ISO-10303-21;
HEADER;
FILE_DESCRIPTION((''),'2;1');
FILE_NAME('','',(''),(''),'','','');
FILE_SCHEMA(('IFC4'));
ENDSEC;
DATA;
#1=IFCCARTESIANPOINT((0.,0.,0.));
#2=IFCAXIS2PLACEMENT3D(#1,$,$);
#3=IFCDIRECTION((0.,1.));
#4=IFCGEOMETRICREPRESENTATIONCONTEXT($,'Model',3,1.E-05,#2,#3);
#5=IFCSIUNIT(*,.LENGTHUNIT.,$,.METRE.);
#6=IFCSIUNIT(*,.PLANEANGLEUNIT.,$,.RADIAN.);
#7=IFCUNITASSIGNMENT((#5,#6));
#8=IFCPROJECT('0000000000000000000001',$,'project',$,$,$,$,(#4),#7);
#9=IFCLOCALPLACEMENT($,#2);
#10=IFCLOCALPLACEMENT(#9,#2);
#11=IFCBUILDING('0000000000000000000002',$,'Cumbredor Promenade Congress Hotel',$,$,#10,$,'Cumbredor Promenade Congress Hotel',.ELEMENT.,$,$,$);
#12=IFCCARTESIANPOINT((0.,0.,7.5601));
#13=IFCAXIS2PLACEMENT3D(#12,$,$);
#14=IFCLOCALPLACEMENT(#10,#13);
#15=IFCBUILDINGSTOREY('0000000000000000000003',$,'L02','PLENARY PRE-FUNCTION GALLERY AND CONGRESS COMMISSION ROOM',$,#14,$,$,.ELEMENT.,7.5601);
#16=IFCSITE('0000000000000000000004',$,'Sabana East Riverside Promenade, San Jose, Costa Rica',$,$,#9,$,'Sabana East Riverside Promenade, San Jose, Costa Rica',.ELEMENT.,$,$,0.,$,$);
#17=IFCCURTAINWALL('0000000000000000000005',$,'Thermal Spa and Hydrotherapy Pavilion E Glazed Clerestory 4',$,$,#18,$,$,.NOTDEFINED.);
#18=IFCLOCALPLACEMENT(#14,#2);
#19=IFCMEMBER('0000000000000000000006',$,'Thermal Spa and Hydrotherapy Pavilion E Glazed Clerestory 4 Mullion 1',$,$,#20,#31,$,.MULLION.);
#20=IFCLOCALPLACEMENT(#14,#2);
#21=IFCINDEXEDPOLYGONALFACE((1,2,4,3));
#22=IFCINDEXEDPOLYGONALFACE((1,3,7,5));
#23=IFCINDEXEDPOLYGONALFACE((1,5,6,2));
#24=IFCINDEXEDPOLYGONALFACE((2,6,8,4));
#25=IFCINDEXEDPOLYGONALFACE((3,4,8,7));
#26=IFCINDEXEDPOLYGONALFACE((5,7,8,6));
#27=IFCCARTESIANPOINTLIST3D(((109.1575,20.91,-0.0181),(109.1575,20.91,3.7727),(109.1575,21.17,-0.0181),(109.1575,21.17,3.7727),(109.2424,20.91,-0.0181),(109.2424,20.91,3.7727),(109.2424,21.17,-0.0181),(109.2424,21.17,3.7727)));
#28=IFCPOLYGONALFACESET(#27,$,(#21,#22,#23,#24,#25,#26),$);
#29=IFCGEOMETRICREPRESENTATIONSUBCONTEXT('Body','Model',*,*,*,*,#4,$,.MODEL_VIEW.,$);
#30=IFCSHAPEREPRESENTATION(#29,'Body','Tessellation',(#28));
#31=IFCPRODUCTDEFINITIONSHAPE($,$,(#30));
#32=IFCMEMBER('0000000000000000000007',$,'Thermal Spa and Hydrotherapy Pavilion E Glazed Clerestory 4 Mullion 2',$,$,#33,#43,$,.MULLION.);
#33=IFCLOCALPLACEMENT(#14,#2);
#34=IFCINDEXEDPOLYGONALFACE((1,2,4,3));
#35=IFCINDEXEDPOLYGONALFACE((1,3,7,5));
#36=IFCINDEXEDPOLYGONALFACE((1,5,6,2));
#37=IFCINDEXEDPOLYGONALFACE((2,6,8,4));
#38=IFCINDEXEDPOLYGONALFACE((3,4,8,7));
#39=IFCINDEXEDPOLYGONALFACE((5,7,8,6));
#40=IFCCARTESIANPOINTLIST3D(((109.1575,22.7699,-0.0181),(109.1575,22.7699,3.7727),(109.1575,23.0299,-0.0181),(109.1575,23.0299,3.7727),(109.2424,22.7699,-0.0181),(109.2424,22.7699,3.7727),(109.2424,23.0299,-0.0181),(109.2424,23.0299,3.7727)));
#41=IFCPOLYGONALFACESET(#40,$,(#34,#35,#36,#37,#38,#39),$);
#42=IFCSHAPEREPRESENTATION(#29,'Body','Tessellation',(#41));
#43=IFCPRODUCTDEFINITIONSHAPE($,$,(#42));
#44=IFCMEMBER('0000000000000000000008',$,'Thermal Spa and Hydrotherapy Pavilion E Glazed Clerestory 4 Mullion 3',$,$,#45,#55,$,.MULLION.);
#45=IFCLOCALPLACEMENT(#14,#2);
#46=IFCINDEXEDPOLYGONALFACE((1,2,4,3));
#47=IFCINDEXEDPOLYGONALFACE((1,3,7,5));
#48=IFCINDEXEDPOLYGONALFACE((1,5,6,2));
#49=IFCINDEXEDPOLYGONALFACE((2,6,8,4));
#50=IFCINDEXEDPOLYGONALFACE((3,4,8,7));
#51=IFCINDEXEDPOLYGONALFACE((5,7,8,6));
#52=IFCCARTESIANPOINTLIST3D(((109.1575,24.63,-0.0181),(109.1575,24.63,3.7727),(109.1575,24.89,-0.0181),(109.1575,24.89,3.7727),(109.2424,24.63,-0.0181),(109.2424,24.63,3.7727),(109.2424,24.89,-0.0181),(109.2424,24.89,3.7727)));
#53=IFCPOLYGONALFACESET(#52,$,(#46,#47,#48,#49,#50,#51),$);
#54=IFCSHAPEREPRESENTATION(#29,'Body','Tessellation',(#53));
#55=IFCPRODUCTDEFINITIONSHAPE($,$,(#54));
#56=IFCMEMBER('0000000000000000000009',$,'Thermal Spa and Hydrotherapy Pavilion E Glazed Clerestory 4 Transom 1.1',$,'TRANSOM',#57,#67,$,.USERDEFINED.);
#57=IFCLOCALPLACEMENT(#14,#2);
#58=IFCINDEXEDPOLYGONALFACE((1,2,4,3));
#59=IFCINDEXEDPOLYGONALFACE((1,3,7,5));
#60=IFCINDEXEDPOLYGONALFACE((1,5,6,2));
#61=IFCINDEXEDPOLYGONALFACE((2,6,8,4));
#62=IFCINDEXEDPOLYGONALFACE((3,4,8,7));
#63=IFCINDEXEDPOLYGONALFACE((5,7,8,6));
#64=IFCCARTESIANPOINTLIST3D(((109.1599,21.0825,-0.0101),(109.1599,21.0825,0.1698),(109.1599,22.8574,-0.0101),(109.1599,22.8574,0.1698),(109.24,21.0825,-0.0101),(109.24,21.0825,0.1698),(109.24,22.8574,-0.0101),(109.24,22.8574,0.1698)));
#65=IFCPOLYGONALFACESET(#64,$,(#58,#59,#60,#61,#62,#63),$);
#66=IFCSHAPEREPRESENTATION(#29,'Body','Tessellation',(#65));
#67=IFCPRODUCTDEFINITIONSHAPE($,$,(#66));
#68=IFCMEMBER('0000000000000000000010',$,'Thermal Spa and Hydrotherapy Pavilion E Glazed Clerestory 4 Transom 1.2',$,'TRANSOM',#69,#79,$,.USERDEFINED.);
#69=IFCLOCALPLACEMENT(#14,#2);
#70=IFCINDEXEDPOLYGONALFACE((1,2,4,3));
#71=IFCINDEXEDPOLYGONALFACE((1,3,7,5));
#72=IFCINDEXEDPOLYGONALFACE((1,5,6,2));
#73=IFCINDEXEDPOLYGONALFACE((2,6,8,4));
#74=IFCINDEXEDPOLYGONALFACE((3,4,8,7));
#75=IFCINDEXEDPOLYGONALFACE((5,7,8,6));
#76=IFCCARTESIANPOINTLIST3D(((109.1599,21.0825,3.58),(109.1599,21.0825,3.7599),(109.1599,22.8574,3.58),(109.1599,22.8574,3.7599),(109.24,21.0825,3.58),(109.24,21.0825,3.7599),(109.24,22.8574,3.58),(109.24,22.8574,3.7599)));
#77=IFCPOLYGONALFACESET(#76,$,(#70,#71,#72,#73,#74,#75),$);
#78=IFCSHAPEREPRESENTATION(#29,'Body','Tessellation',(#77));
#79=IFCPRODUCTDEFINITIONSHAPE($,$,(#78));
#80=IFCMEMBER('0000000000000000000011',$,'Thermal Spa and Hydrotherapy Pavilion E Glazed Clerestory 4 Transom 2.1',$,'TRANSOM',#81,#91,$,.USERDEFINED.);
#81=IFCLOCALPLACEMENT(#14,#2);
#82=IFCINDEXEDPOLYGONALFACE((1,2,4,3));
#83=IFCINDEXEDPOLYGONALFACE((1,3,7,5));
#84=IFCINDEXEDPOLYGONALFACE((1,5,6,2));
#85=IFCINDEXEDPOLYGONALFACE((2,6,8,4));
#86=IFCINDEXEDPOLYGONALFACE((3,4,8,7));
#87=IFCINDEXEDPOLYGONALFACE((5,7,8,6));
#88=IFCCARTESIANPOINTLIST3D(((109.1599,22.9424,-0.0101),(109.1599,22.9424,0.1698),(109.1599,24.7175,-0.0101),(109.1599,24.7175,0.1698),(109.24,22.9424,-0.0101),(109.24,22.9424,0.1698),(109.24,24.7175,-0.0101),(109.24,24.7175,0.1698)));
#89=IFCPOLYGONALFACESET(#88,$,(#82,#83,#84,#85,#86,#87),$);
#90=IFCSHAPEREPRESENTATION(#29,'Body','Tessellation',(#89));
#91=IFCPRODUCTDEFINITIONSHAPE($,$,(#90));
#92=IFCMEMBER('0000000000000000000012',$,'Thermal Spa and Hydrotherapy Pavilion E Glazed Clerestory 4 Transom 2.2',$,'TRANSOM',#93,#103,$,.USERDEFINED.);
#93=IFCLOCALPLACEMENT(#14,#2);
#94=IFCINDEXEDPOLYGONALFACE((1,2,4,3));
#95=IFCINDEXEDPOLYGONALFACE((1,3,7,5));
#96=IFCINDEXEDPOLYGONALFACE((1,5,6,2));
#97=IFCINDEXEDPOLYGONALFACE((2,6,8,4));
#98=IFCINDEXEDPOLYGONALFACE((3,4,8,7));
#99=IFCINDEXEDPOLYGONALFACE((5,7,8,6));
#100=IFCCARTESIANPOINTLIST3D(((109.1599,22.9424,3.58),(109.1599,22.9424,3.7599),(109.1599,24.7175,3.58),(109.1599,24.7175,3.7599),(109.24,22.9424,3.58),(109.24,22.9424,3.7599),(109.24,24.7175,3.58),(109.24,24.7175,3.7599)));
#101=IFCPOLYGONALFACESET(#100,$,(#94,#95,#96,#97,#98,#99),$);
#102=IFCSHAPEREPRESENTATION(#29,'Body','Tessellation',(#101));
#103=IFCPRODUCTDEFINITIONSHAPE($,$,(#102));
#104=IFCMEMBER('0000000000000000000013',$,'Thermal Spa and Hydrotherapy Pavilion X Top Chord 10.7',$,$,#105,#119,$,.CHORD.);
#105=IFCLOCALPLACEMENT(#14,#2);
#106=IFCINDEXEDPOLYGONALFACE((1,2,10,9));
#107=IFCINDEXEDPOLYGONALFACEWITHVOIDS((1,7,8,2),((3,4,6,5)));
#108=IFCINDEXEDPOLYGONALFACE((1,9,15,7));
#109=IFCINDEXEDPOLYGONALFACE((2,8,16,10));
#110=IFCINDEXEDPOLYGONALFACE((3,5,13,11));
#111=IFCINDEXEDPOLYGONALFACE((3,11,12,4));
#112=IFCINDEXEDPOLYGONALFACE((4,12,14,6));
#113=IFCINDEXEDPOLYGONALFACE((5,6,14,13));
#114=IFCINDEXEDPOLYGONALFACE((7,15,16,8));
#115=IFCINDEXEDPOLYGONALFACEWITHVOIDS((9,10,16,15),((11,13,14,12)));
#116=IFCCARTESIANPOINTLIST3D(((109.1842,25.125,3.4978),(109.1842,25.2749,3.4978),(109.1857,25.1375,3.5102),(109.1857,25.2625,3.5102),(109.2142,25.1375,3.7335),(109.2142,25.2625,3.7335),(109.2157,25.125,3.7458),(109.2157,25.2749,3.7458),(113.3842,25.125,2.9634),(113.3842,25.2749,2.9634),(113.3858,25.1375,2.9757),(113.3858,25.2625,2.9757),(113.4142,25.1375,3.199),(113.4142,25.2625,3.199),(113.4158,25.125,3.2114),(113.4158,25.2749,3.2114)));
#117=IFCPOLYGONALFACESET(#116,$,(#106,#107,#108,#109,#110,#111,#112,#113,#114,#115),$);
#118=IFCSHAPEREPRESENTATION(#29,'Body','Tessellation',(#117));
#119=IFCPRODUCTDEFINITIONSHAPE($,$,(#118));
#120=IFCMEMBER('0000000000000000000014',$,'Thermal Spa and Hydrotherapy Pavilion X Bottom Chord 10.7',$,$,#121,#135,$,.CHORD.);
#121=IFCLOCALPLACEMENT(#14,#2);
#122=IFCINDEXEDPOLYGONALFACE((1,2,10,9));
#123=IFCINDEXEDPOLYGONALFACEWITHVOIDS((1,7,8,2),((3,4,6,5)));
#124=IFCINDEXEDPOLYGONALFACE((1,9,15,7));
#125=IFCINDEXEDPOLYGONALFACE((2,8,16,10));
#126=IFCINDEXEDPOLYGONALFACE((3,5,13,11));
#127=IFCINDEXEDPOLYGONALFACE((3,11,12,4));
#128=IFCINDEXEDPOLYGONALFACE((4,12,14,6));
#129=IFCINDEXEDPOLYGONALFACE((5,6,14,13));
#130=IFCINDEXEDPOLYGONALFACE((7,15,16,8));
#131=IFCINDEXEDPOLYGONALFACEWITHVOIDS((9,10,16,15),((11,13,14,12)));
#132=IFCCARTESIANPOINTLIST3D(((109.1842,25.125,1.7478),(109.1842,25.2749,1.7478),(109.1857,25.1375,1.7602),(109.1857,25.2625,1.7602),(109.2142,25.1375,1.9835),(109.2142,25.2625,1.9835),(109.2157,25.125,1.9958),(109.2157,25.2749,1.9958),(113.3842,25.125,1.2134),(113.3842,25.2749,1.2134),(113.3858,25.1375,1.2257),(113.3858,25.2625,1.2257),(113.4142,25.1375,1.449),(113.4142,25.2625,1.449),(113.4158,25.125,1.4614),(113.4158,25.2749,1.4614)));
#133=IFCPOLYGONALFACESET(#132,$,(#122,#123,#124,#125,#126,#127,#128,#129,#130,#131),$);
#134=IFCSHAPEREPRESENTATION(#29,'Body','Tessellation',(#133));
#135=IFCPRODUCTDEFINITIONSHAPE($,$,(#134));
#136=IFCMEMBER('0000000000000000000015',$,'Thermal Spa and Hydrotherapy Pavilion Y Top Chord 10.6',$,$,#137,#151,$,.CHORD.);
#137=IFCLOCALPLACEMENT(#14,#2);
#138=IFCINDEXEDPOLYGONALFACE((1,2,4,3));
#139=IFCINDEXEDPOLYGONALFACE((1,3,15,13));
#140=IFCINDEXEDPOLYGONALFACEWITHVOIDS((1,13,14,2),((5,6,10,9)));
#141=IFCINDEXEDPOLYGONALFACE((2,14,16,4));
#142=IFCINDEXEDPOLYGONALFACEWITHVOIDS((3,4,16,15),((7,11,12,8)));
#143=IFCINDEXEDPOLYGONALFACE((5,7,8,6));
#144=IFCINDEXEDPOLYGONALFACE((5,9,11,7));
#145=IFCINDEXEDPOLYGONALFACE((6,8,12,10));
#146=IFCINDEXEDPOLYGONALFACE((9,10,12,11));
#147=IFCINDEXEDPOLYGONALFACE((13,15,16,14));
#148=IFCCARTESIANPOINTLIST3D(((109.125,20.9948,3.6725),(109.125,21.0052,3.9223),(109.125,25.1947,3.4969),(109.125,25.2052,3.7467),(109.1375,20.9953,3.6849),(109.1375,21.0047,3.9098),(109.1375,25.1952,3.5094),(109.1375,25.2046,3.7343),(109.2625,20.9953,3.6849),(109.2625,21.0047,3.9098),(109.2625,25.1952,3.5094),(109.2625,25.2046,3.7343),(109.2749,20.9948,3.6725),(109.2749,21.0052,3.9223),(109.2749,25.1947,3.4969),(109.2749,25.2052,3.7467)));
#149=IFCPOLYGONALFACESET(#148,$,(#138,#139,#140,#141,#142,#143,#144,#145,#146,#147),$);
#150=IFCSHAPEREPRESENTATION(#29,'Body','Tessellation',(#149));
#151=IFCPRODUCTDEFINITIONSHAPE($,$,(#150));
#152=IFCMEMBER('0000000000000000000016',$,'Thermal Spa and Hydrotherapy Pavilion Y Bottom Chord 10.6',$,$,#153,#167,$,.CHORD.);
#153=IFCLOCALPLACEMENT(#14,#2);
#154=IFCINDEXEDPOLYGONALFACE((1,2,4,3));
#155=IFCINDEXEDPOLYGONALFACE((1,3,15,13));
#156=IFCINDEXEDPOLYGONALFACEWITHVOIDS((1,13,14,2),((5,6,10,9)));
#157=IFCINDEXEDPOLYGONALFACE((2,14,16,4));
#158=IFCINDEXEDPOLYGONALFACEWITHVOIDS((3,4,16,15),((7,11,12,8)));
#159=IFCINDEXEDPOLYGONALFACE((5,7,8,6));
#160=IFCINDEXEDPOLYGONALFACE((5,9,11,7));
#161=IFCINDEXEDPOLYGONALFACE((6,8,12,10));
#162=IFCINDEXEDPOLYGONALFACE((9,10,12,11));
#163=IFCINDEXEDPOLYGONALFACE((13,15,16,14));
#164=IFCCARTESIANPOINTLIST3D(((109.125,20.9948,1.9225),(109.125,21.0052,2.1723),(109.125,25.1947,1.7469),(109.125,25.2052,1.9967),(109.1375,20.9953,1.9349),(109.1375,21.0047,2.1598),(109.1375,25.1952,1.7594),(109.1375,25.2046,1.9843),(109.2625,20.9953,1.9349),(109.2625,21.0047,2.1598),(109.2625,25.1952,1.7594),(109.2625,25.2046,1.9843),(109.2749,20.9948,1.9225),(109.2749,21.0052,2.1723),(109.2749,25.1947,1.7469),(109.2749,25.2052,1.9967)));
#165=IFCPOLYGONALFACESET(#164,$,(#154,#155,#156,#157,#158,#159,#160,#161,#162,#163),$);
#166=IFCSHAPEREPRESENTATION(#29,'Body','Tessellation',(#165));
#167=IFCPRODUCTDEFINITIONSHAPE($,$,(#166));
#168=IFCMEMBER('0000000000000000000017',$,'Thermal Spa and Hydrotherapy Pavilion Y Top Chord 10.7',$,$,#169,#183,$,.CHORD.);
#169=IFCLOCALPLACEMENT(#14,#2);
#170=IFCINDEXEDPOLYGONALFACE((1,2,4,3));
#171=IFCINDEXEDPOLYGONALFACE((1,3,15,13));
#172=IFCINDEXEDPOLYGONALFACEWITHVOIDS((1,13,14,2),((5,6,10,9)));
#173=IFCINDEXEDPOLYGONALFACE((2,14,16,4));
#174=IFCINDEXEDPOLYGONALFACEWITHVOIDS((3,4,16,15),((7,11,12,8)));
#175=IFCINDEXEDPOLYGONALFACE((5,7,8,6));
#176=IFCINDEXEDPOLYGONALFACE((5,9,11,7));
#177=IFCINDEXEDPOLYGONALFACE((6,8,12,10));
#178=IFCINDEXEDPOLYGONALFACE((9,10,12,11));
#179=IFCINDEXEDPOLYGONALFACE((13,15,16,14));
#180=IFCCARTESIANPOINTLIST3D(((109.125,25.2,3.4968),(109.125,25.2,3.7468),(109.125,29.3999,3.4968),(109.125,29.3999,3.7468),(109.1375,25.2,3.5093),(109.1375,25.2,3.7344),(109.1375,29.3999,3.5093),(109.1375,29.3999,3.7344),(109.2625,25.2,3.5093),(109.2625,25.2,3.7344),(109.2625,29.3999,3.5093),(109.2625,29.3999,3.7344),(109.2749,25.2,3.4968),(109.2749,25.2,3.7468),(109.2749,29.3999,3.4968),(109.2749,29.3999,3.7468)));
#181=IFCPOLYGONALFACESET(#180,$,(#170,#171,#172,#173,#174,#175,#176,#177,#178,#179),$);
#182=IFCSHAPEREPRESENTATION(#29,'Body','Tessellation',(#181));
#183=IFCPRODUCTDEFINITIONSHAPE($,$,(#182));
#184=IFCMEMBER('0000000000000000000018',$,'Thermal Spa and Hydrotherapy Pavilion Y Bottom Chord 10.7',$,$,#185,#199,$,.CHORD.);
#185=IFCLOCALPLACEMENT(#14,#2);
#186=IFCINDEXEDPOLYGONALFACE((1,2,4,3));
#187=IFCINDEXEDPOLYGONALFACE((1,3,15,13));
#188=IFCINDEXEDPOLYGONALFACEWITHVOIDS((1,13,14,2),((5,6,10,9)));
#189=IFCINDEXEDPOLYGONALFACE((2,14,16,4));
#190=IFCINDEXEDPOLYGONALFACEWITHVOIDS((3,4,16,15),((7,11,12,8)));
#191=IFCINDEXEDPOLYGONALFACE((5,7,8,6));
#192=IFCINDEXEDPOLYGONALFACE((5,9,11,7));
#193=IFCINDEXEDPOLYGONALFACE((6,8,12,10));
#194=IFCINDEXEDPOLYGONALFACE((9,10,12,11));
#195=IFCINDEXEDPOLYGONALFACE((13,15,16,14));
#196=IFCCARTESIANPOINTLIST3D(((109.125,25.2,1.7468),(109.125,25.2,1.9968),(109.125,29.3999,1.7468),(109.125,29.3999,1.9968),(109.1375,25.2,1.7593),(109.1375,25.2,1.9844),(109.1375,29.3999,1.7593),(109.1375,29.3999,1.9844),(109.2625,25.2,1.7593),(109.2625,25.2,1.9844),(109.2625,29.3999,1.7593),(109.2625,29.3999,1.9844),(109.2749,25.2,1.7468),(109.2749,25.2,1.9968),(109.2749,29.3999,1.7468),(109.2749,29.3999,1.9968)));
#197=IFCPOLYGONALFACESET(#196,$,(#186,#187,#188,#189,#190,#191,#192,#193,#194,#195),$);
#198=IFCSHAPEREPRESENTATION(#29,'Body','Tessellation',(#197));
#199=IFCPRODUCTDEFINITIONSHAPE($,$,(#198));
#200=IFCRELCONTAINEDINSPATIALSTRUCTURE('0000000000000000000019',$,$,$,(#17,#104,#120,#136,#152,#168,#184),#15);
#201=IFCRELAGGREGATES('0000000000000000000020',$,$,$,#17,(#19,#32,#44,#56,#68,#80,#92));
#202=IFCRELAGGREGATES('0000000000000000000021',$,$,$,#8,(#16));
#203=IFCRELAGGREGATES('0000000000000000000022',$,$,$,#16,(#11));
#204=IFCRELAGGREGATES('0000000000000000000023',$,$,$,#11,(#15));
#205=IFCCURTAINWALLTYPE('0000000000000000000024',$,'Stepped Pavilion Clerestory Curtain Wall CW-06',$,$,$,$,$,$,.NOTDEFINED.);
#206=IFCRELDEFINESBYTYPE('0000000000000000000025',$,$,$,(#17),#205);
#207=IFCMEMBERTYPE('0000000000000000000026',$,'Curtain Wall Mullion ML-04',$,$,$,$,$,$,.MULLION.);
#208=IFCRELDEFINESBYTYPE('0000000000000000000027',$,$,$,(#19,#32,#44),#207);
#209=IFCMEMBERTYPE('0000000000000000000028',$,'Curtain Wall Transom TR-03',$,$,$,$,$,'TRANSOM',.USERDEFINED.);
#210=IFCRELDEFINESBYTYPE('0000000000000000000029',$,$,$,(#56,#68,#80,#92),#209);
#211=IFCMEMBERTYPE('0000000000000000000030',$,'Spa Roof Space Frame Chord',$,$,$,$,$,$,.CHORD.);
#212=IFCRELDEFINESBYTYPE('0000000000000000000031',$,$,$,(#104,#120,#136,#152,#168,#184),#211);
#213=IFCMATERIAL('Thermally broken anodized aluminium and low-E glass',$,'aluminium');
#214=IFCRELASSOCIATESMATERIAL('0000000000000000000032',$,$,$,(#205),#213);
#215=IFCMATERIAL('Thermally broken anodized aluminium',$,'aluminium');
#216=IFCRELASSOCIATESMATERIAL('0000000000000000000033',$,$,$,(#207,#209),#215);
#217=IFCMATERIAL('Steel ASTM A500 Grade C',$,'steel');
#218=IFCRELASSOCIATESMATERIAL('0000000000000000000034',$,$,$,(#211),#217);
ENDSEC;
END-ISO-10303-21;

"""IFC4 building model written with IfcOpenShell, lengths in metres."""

from ifc_helpers import new_model, si_unit, direction, frame, origin, origin_2d, place, context, subcontext, project, spatial, rectangle, hollow_rectangle, extrude, material, material_profile, profile_set, type_object, element, aggregate, save


model = new_model("IFC4")

# Units and contexts
model_context = context("Model", 3, precision=1e-05, world=origin(), true_north=direction((0.0, 1.0)))
body_context = subcontext(model_context, "Body", "Model", "MODEL_VIEW")
ifc_project = project(units=[si_unit("LENGTHUNIT", "METRE"), si_unit("PLANEANGLEUNIT", "RADIAN")], contexts=[model_context])

# Site, building, storey
site_placement = place(None, origin())
site = spatial("IfcSite", under=ifc_project, at=site_placement, Name="Sabana East Riverside Promenade, San Jose, Costa Rica", LongName="Sabana East Riverside Promenade, San Jose, Costa Rica", CompositionType="ELEMENT", RefElevation=0.0)
building_placement = place(site_placement, origin())
building = spatial("IfcBuilding", under=site, at=building_placement, Name="Cumbredor Promenade Congress Hotel", LongName="Cumbredor Promenade Congress Hotel", CompositionType="ELEMENT")
storey_placement = place(building_placement, frame((0.0, 0.0, 7.5601)))
storey = spatial("IfcBuildingStorey", under=building, at=storey_placement, Name="L02", Description="PLENARY PRE-FUNCTION GALLERY AND CONGRESS COMMISSION ROOM", CompositionType="ELEMENT", Elevation=7.5601)

# Curtain wall, members
ifc_material_1 = material(Name="Thermally broken anodized aluminium and low-E glass", Category="aluminium")
curtain_wall_type = type_object("IfcCurtainWallType", Name="Stepped Pavilion Clerestory Curtain Wall CW-06", PredefinedType="NOTDEFINED", material=ifc_material_1)
curtain_wall_placement = place(storey_placement, origin())
curtain_wall = element("IfcCurtainWall", 1, at=curtain_wall_placement, inside=storey, type_object=curtain_wall_type, Name="Thermal Spa and Hydrotherapy Pavilion E Glazed Clerestory 4", PredefinedType="NOTDEFINED")
ifc_material_2 = material(Name="Thermally broken anodized aluminium", Category="aluminium")
ifc_material_profile_1 = material_profile(ifc_material_2, rectangle(XDim=0.085, YDim=0.26, at=origin_2d()), Name="ALU MULLION CLERESTORY 85x260")
ifc_profile_set_1 = profile_set([ifc_material_profile_1], Name="Thermally broken anodized aluminium")
member_type_1 = type_object("IfcMemberType", Name="Curtain Wall Mullion ML-04", PredefinedType="MULLION", material=ifc_profile_set_1)
member_1_placement = place(storey_placement, frame((109.2, 21.04, -0.0181), z_axis=(0.0, 0.0, 1.0), x_axis=(1.0, 0.0, 0.0)))
member_1 = element("IfcMember", 2, at=member_1_placement, type_object=member_type_1, Name="Thermal Spa and Hydrotherapy Pavilion E Glazed Clerestory 4 Mullion 1", PredefinedType="MULLION", context=body_context, shape_type="SweptSolid", body=[
    extrude(rectangle(XDim=0.085, YDim=0.26, at=origin_2d()), origin(), (0.0, 0.0, 1.0), 3.7908),
])
member_2_placement = place(storey_placement, frame((109.2, 22.8999, -0.0181), z_axis=(0.0, 0.0, 1.0), x_axis=(1.0, 0.0, 0.0)))
member_2 = element("IfcMember", 3, at=member_2_placement, type_object=member_type_1, Name="Thermal Spa and Hydrotherapy Pavilion E Glazed Clerestory 4 Mullion 2", PredefinedType="MULLION", context=body_context, shape_type="SweptSolid", body=[
    extrude(rectangle(XDim=0.085, YDim=0.26, at=origin_2d()), origin(), (0.0, 0.0, 1.0), 3.7908),
])
member_3_placement = place(storey_placement, frame((109.2, 24.76, -0.0181), z_axis=(0.0, 0.0, 1.0), x_axis=(1.0, 0.0, 0.0)))
member_3 = element("IfcMember", 4, at=member_3_placement, type_object=member_type_1, Name="Thermal Spa and Hydrotherapy Pavilion E Glazed Clerestory 4 Mullion 3", PredefinedType="MULLION", context=body_context, shape_type="SweptSolid", body=[
    extrude(rectangle(XDim=0.085, YDim=0.26, at=origin_2d()), origin(), (0.0, 0.0, 1.0), 3.7908),
])
ifc_material_profile_2 = material_profile(ifc_material_2, rectangle(XDim=0.0801, YDim=0.1799, at=origin_2d()), Name="ALU TRANSOM 80x180")
ifc_profile_set_2 = profile_set([ifc_material_profile_2], Name="Thermally broken anodized aluminium")
member_type_2 = type_object("IfcMemberType", Name="Curtain Wall Transom TR-03", ElementType="TRANSOM", PredefinedType="USERDEFINED", material=ifc_profile_set_2)
member_4_placement = place(storey_placement, frame((109.2, 21.0825, 0.0798), z_axis=(0.0, 1.0, 0.0), x_axis=(-1.0, 0.0, 0.0)))
member_4 = element("IfcMember", 5, at=member_4_placement, type_object=member_type_2, Name="Thermal Spa and Hydrotherapy Pavilion E Glazed Clerestory 4 Transom 1.1", ObjectType="TRANSOM", PredefinedType="USERDEFINED", context=body_context, shape_type="SweptSolid", body=[
    extrude(rectangle(XDim=0.0801, YDim=0.1799, at=origin_2d()), origin(), (0.0, 0.0, 1.0), 1.7749),
])
member_5_placement = place(storey_placement, frame((109.2, 21.0825, 3.6699), z_axis=(0.0, 1.0, 0.0), x_axis=(-1.0, 0.0, 0.0)))
member_5 = element("IfcMember", 6, at=member_5_placement, type_object=member_type_2, Name="Thermal Spa and Hydrotherapy Pavilion E Glazed Clerestory 4 Transom 1.2", ObjectType="TRANSOM", PredefinedType="USERDEFINED", context=body_context, shape_type="SweptSolid", body=[
    extrude(rectangle(XDim=0.0801, YDim=0.1799, at=origin_2d()), origin(), (0.0, 0.0, 1.0), 1.7749),
])
member_6_placement = place(storey_placement, frame((109.2, 22.9424, 0.0798), z_axis=(0.0, 1.0, 0.0), x_axis=(-1.0, 0.0, 0.0)))
member_6 = element("IfcMember", 7, at=member_6_placement, type_object=member_type_2, Name="Thermal Spa and Hydrotherapy Pavilion E Glazed Clerestory 4 Transom 2.1", ObjectType="TRANSOM", PredefinedType="USERDEFINED", context=body_context, shape_type="SweptSolid", body=[
    extrude(rectangle(XDim=0.0801, YDim=0.1799, at=origin_2d()), origin(), (0.0, 0.0, 1.0), 1.7751),
])
member_7_placement = place(storey_placement, frame((109.2, 22.9424, 3.6699), z_axis=(0.0, 1.0, 0.0), x_axis=(-1.0, 0.0, 0.0)))
member_7 = element("IfcMember", 8, at=member_7_placement, type_object=member_type_2, Name="Thermal Spa and Hydrotherapy Pavilion E Glazed Clerestory 4 Transom 2.2", ObjectType="TRANSOM", PredefinedType="USERDEFINED", context=body_context, shape_type="SweptSolid", body=[
    extrude(rectangle(XDim=0.0801, YDim=0.1799, at=origin_2d()), origin(), (0.0, 0.0, 1.0), 1.7751),
])

# Members
ifc_material_3 = material(Name="Steel ASTM A500 Grade C", Category="steel")
ifc_material_profile_3 = material_profile(ifc_material_3, hollow_rectangle(XDim=0.1499, YDim=0.25, WallThickness=0.0125, at=origin_2d()), Name="HSS 250x150x12.5")
ifc_profile_set_3 = profile_set([ifc_material_profile_3], Name="Steel ASTM A500 Grade C")
member_type_3 = type_object("IfcMemberType", Name="Spa Roof Space Frame Chord", PredefinedType="CHORD", material=ifc_profile_set_3)
for number, where, z_axis, x_axis, name in (
    (9, (109.2, 25.2, 3.6218), (0.992001, 0.0, -0.126227), (0.0, 1.0, 0.0), "Thermal Spa and Hydrotherapy Pavilion X Top Chord 10.7"),
    (10, (109.2, 25.2, 1.8718), (0.992001, 0.0, -0.126227), (0.0, 1.0, 0.0), "Thermal Spa and Hydrotherapy Pavilion X Bottom Chord 10.7"),
):
    element("IfcMember", number, at=place(storey_placement, frame(where, z_axis=z_axis, x_axis=x_axis)), inside=storey, type_object=member_type_3, Name=name, PredefinedType="CHORD", context=body_context, shape_type="SweptSolid", body=[
        extrude(hollow_rectangle(XDim=0.1499, YDim=0.25, WallThickness=0.0125, at=origin_2d()), origin(), (0.0, 0.0, 1.0), 4.2339),
    ])
for number, where, z_axis, x_axis, name in (
    (11, (109.2, 21.0, 3.7974), (0.0, 0.999128, -0.041759), (-1.0, 0.0, 0.0), "Thermal Spa and Hydrotherapy Pavilion Y Top Chord 10.6"),
    (12, (109.2, 21.0, 2.0474), (0.0, 0.999128, -0.041759), (-1.0, 0.0, 0.0), "Thermal Spa and Hydrotherapy Pavilion Y Bottom Chord 10.6"),
):
    element("IfcMember", number, at=place(storey_placement, frame(where, z_axis=z_axis, x_axis=x_axis)), inside=storey, type_object=member_type_3, Name=name, PredefinedType="CHORD", context=body_context, shape_type="SweptSolid", body=[
        extrude(hollow_rectangle(XDim=0.1499, YDim=0.25, WallThickness=0.0125, at=origin_2d()), origin(), (0.0, 0.0, 1.0), 4.2036),
    ])
for number, where, z_axis, x_axis, name in (
    (13, (109.2, 25.2, 3.6218), (0.0, 1.0, 0.0), (-1.0, 0.0, 0.0), "Thermal Spa and Hydrotherapy Pavilion Y Top Chord 10.7"),
    (14, (109.2, 25.2, 1.8718), (0.0, 1.0, 0.0), (-1.0, 0.0, 0.0), "Thermal Spa and Hydrotherapy Pavilion Y Bottom Chord 10.7"),
):
    element("IfcMember", number, at=place(storey_placement, frame(where, z_axis=z_axis, x_axis=x_axis)), inside=storey, type_object=member_type_3, Name=name, PredefinedType="CHORD", context=body_context, shape_type="SweptSolid", body=[
        extrude(hollow_rectangle(XDim=0.1499, YDim=0.25, WallThickness=0.0125, at=origin_2d()), origin(), (0.0, 0.0, 1.0), 4.2),
    ])

aggregate(curtain_wall, [member_1, member_2, member_3, member_4, member_5, member_6, member_7])

save(model, "model.ifc")
